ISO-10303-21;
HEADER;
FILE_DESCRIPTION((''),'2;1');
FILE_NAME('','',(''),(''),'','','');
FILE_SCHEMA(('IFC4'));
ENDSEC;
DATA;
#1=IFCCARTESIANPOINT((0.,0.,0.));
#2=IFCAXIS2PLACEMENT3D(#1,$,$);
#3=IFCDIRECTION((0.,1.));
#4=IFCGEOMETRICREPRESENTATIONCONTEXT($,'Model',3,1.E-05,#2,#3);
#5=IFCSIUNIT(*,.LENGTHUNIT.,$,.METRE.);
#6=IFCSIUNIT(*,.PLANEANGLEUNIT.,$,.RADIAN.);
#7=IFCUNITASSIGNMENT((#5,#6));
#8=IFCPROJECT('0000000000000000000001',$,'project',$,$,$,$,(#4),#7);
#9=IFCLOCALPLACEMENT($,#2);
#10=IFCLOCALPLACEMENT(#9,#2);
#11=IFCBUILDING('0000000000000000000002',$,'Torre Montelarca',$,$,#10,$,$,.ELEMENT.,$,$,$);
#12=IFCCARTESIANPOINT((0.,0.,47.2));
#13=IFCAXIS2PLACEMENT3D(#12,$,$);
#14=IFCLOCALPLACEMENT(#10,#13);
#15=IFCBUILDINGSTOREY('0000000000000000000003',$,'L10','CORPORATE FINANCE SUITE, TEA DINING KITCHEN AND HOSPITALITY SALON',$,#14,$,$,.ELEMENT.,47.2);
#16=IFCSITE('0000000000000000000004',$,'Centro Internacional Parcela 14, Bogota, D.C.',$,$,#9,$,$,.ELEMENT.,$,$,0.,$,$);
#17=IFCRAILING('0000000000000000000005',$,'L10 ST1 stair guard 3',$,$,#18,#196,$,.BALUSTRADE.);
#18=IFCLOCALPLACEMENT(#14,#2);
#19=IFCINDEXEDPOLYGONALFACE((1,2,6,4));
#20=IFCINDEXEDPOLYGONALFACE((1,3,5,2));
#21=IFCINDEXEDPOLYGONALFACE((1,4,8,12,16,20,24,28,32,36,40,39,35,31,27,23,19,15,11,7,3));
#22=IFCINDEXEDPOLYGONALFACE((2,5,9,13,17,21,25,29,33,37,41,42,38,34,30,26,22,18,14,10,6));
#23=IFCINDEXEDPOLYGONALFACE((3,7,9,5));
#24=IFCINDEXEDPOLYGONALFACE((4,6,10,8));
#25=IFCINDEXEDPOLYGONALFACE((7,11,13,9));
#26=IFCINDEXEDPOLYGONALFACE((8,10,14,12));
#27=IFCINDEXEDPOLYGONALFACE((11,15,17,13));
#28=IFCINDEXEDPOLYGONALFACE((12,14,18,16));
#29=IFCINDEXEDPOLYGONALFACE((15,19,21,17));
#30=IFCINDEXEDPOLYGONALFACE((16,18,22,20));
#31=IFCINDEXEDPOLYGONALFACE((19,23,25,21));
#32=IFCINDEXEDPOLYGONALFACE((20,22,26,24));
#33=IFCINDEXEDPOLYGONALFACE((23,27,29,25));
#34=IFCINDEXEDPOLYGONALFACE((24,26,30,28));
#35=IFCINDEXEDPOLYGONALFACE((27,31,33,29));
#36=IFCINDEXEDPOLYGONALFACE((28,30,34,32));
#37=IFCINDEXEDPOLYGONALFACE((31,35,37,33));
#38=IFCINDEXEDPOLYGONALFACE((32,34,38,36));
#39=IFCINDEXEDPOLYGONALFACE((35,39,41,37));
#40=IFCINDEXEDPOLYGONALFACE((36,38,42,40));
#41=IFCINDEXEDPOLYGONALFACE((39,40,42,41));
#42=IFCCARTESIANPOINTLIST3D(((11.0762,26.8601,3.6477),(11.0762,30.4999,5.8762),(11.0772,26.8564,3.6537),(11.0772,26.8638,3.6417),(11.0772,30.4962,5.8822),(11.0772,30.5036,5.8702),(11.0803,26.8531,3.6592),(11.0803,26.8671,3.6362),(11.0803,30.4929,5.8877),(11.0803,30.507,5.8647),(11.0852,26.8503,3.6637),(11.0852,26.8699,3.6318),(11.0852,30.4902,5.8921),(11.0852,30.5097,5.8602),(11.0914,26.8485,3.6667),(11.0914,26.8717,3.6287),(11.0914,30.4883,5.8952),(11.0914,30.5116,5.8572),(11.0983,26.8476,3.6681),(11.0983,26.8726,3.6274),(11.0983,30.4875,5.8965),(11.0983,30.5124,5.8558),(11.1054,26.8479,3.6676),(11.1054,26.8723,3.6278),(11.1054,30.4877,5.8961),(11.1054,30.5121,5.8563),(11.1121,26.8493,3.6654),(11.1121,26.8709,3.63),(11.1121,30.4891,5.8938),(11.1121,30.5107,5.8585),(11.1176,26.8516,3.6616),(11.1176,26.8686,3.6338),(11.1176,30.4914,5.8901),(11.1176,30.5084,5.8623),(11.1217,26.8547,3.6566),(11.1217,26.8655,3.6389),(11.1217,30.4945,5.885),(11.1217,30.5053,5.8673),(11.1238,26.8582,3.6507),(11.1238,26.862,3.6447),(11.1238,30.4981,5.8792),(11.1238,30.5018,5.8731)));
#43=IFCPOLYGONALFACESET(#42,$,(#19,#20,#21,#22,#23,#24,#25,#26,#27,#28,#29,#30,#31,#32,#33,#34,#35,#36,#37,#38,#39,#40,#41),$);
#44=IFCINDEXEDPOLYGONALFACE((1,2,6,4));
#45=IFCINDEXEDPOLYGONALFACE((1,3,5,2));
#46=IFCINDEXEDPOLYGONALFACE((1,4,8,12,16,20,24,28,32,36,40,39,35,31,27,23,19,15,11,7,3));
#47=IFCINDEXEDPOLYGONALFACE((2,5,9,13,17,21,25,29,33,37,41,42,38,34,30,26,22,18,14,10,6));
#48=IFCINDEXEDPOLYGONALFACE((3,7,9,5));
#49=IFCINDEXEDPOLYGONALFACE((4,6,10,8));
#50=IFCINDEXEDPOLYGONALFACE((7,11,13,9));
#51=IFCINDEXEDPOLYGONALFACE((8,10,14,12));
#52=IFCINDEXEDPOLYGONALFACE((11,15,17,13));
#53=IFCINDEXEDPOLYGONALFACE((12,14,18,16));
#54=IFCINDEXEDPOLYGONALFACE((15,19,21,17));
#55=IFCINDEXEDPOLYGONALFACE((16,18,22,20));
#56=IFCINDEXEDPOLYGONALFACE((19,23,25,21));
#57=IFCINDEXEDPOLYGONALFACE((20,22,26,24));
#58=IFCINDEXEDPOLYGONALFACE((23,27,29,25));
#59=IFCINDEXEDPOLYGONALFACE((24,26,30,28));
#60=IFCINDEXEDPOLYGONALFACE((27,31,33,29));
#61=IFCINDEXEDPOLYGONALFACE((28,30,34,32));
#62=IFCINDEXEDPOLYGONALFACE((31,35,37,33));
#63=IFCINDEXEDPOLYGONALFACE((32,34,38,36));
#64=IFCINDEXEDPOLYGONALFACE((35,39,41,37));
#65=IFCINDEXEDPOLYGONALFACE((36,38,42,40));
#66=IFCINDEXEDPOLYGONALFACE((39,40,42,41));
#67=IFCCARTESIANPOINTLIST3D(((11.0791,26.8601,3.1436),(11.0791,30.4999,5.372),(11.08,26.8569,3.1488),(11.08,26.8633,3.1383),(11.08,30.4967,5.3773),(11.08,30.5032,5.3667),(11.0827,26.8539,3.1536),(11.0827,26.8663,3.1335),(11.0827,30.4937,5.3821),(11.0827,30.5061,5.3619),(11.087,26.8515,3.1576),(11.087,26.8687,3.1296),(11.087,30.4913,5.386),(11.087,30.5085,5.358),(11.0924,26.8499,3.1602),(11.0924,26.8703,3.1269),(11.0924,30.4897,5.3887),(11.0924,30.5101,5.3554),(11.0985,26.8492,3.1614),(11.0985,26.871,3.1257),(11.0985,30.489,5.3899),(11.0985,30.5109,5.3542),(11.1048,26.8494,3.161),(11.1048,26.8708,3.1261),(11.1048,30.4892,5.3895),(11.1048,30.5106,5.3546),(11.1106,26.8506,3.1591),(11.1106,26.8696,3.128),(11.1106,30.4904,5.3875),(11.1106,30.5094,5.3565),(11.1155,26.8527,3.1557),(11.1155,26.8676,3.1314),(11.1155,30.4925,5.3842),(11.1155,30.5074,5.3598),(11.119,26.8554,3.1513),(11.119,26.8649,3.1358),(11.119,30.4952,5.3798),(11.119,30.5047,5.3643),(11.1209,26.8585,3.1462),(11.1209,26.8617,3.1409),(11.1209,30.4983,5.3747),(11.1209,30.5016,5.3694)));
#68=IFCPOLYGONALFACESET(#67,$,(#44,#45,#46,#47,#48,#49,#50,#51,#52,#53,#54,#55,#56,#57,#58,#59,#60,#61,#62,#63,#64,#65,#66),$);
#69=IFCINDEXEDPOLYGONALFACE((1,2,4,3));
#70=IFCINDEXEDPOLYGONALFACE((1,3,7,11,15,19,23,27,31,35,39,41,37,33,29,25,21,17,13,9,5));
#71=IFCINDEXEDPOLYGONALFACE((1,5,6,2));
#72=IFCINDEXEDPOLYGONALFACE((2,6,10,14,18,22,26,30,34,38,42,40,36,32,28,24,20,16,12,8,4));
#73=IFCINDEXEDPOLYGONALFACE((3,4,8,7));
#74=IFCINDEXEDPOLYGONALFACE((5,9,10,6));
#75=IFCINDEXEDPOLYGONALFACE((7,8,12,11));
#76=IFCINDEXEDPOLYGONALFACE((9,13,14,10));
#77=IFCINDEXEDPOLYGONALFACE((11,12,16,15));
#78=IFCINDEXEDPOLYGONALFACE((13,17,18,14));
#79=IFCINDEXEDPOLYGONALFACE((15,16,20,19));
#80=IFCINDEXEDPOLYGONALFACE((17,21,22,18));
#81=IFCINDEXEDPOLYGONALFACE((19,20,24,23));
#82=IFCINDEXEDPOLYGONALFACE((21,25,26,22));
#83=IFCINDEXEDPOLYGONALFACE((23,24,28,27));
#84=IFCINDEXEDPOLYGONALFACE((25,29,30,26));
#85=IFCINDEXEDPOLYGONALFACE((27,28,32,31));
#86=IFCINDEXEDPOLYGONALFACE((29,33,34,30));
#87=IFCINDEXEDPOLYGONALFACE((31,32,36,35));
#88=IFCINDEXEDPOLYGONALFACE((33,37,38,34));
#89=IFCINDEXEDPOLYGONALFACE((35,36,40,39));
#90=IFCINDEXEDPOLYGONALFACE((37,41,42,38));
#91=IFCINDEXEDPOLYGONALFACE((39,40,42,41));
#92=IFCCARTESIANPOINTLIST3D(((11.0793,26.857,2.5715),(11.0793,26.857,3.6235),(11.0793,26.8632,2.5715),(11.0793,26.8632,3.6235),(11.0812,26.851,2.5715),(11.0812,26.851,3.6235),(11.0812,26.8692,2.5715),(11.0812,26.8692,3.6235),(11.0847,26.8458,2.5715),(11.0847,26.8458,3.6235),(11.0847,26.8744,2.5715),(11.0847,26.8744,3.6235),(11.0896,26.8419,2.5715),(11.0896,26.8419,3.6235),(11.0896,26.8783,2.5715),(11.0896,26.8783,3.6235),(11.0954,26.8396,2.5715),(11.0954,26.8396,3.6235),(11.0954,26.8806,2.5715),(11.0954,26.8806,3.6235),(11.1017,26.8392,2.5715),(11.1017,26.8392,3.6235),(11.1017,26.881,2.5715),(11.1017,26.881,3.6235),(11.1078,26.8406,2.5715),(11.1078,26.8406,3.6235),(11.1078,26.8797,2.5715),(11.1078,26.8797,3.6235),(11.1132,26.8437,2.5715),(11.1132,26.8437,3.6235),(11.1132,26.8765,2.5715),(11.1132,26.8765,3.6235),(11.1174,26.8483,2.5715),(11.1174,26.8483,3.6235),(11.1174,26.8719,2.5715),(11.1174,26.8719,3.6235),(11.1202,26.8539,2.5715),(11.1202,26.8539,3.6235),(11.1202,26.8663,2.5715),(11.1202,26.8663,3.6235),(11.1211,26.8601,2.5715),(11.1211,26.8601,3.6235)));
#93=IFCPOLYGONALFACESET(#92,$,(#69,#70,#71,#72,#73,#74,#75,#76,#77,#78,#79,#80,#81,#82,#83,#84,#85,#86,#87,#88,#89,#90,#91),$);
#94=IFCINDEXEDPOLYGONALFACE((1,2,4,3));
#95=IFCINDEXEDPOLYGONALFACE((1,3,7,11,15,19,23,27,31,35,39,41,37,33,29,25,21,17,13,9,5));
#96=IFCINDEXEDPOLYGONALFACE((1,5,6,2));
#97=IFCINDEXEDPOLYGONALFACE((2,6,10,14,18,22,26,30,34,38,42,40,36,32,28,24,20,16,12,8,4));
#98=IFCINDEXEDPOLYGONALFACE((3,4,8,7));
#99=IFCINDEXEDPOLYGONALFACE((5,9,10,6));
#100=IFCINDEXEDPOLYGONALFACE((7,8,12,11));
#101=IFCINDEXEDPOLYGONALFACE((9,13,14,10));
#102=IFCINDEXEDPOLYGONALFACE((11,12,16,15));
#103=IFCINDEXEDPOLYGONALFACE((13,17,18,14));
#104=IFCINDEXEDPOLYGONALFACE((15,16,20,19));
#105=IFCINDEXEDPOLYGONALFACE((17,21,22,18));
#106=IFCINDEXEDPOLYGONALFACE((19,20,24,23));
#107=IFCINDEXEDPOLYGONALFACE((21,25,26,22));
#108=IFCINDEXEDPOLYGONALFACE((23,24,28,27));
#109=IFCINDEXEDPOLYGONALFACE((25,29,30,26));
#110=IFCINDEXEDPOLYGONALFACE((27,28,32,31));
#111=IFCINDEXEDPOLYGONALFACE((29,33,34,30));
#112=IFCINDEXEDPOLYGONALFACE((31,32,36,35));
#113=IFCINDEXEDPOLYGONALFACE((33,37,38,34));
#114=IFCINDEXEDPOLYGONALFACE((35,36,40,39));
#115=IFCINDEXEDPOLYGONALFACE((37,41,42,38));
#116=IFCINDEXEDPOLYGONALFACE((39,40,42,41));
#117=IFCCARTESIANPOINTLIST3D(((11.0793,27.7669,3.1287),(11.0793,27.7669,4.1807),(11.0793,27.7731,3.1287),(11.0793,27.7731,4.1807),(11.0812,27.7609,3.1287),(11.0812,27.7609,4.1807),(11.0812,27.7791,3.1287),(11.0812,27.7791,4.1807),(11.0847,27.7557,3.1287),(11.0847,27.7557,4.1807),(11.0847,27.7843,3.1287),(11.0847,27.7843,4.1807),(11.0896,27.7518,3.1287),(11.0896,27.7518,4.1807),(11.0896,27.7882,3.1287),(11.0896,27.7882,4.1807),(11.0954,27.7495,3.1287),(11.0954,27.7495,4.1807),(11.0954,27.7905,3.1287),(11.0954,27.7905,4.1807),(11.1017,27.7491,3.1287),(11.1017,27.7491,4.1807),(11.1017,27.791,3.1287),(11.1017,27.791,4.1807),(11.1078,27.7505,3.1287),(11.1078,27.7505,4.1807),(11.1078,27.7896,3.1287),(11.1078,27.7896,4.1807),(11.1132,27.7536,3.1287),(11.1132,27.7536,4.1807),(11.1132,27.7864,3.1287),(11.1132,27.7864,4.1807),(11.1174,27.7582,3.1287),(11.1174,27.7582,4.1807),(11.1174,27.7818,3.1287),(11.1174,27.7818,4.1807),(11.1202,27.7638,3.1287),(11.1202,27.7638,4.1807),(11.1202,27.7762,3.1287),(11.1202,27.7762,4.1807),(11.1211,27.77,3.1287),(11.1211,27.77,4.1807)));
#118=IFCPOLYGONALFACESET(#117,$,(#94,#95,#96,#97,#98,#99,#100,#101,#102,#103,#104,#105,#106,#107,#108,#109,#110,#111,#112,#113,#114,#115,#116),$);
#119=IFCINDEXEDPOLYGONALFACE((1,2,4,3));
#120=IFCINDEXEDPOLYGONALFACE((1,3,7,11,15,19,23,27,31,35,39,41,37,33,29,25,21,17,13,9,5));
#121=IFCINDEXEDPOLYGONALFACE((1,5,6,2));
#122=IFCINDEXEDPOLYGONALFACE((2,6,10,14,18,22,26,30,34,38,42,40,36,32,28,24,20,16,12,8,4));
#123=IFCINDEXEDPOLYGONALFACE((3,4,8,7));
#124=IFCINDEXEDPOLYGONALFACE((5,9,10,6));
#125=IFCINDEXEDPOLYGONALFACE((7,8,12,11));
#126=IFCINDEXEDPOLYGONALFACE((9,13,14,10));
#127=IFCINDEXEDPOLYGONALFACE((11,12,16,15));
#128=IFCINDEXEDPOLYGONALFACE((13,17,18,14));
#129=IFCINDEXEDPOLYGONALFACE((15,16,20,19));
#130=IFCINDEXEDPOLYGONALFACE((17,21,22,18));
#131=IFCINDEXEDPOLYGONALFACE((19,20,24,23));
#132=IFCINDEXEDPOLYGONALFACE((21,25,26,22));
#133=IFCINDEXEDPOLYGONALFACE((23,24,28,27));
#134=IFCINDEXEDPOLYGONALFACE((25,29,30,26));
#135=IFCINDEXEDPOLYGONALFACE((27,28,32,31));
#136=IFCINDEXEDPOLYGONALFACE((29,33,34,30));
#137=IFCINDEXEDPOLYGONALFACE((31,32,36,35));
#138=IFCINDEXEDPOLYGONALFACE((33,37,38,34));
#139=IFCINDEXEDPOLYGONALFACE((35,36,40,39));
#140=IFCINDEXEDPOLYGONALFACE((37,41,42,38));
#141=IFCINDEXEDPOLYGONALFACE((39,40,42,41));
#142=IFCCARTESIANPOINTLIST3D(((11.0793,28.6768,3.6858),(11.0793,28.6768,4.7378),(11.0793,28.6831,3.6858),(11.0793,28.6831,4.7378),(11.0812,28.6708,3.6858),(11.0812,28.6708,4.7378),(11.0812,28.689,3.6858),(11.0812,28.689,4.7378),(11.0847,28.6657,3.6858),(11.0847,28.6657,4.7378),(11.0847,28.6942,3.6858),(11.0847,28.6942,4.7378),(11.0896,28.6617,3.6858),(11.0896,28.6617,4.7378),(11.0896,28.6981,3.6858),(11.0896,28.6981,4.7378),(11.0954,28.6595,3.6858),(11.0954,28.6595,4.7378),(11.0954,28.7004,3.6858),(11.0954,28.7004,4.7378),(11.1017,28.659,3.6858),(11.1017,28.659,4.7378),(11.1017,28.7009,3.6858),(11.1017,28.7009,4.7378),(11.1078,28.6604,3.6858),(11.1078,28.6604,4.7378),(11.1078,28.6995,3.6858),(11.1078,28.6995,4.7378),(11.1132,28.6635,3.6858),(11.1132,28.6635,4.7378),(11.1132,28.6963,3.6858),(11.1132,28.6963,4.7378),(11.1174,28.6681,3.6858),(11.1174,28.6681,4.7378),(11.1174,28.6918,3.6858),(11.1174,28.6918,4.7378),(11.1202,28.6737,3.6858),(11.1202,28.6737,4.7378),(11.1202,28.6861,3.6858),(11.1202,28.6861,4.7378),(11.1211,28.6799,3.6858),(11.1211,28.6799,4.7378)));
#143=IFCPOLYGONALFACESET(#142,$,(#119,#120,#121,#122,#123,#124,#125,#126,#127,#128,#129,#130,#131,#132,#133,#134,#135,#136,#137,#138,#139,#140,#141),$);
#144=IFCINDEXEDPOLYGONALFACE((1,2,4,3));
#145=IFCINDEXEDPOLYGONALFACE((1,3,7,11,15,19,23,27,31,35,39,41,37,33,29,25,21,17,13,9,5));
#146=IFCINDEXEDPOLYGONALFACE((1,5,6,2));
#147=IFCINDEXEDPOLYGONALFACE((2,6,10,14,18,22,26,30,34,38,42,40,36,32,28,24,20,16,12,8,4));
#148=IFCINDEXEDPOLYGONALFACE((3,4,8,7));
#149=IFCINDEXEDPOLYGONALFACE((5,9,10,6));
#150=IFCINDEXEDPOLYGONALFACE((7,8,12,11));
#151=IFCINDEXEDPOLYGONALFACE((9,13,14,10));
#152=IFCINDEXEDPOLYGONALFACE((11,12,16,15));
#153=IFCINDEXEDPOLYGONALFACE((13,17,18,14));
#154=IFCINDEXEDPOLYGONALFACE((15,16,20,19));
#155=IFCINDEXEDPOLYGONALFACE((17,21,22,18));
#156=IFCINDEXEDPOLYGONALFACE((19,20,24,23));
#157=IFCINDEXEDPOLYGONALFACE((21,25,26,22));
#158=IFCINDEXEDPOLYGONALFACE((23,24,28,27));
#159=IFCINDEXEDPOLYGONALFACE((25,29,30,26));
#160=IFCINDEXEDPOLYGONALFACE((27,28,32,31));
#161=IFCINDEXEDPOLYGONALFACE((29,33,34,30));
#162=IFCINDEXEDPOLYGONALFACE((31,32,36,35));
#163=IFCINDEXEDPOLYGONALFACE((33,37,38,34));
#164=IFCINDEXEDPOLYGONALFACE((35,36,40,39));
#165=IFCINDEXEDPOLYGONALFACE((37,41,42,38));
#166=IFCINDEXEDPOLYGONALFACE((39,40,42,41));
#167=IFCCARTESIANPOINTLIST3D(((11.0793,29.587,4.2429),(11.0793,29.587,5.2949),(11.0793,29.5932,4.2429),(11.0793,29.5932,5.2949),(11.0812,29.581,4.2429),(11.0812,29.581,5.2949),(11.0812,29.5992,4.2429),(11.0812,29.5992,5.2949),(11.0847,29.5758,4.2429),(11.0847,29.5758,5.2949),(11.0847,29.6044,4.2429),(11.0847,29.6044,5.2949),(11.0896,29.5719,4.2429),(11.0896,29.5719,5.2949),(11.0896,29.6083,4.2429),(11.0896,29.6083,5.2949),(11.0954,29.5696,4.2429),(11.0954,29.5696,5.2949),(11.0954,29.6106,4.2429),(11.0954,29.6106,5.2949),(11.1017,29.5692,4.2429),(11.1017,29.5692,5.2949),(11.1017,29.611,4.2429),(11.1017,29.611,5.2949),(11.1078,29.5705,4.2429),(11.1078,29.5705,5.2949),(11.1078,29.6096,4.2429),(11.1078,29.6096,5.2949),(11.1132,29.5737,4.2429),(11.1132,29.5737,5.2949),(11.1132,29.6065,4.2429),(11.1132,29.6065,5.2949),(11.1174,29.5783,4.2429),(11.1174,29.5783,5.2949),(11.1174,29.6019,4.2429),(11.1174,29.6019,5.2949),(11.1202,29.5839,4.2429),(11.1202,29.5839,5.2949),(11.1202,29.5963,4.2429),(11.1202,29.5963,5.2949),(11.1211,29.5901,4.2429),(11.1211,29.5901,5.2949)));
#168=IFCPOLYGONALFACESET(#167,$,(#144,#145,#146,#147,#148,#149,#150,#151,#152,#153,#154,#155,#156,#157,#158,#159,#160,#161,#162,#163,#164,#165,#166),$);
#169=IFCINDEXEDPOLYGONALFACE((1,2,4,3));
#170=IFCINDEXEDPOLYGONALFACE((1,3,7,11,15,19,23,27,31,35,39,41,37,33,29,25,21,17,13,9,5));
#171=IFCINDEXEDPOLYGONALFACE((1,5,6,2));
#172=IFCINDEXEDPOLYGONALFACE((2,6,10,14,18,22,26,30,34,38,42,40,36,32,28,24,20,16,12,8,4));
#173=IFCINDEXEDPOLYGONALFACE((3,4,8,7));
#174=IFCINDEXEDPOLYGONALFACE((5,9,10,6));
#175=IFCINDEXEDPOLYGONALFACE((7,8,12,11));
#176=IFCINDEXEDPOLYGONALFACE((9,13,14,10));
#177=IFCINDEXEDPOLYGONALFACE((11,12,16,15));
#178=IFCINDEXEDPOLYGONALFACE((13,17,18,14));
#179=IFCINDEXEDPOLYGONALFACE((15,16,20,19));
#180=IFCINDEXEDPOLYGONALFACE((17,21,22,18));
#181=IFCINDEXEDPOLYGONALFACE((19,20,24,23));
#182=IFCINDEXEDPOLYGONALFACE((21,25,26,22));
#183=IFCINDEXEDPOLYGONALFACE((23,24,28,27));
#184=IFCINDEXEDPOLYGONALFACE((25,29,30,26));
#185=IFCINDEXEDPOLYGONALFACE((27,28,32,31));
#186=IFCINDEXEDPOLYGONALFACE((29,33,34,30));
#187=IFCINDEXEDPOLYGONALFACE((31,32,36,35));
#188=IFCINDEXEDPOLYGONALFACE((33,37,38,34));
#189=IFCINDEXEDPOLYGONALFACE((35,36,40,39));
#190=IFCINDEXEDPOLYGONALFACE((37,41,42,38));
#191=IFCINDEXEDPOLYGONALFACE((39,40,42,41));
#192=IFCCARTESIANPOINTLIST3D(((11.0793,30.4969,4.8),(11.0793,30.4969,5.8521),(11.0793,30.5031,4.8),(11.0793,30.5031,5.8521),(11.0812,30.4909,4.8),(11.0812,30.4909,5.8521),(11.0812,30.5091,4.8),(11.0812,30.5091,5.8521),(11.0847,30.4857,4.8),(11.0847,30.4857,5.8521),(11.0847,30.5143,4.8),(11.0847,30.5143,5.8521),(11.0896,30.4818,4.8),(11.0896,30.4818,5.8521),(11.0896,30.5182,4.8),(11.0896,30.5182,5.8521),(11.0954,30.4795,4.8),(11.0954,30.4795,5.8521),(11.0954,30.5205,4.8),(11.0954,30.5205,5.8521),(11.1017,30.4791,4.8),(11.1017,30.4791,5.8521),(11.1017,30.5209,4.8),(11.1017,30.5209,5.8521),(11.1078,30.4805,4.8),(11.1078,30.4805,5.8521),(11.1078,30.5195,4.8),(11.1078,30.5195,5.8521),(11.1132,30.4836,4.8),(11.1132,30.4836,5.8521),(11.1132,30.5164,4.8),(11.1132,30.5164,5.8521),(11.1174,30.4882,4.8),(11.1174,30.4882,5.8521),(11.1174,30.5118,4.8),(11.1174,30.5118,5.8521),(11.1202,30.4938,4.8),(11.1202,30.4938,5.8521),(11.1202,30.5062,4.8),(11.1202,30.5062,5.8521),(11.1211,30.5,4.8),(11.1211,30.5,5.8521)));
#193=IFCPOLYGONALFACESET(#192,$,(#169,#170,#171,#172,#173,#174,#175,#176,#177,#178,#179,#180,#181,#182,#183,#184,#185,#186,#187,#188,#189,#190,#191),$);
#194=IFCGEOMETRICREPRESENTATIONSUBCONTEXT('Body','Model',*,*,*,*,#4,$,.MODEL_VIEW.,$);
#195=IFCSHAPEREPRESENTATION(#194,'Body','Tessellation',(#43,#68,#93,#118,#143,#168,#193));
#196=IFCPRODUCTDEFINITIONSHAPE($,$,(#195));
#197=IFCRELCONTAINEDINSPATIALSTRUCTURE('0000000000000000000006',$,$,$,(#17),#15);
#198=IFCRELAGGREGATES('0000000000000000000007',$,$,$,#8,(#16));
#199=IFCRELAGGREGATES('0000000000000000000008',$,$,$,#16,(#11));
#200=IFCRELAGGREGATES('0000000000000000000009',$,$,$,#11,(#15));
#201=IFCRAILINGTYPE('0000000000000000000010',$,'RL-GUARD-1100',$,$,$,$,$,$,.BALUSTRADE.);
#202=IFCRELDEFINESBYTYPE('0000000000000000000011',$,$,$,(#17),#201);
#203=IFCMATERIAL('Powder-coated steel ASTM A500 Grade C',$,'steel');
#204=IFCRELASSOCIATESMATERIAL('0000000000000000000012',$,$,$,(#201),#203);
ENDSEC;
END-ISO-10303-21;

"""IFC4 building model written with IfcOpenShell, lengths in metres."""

from ifc_helpers import new_model, si_unit, direction, frame, origin, origin_2d, place, context, subcontext, project, spatial, circle, extrude, material, type_object, element, save


model = new_model("IFC4")

# Units and contexts
model_context = context("Model", 3, precision=1e-05, world=origin(), true_north=direction((0.0, 1.0)))
body_context = subcontext(model_context, "Body", "Model", "MODEL_VIEW")
ifc_project = project(units=[si_unit("LENGTHUNIT", "METRE"), si_unit("PLANEANGLEUNIT", "RADIAN")], contexts=[model_context])

# Site, building, storey
site_placement = place(None, origin())
site = spatial("IfcSite", under=ifc_project, at=site_placement, Name="Centro Internacional Parcela 14, Bogota, D.C.", CompositionType="ELEMENT", RefElevation=0.0)
building_placement = place(site_placement, origin())
building = spatial("IfcBuilding", under=site, at=building_placement, Name="Torre Montelarca", CompositionType="ELEMENT")
storey_placement = place(building_placement, frame((0.0, 0.0, 47.2)))
storey = spatial("IfcBuildingStorey", under=building, at=storey_placement, Name="L10", Description="CORPORATE FINANCE SUITE, TEA DINING KITCHEN AND HOSPITALITY SALON", CompositionType="ELEMENT", Elevation=47.2)

# Railing
ifc_material_1 = material(Name="Powder-coated steel ASTM A500 Grade C", Category="steel")
railing_type_1 = type_object("IfcRailingType", Name="RL-GUARD-1100", PredefinedType="BALUSTRADE", material=ifc_material_1)
railing_1_placement = place(storey_placement, frame((11.1001, 26.8601, 2.5715)))
element("IfcRailing", 1, at=railing_1_placement, inside=storey, type_object=railing_type_1, Name="L10 ST1 stair guard 3", PredefinedType="BALUSTRADE", context=body_context, shape_type="SweptSolid", body=[
    extrude(circle(Radius=0.0239, at=origin_2d()), frame((0.0, 0.0, 1.0762), z_axis=(0.0, 0.85285, 0.522156), x_axis=(-1.0, 0.0, 0.0)), (0.0, 0.0, 1.0), 4.2678),
    extrude(circle(Radius=0.021, at=origin_2d()), frame((0.0, 0.0, 0.572), z_axis=(0.0, 0.85285, 0.522156), x_axis=(-1.0, 0.0, 0.0)), (0.0, 0.0, 1.0), 4.2678),
    extrude(circle(Radius=0.021, at=origin_2d()), origin(), (0.0, 0.0, 1.0), 1.052),
    extrude(circle(Radius=0.021, at=origin_2d()), frame((0.0, 0.9099, 0.5571)), (0.0, 0.0, 1.0), 1.052),
    extrude(circle(Radius=0.021, at=origin_2d()), frame((0.0, 1.8198, 1.1143)), (0.0, 0.0, 1.0), 1.052),
    extrude(circle(Radius=0.021, at=origin_2d()), frame((0.0, 2.73, 1.6714)), (0.0, 0.0, 1.0), 1.052),
    extrude(circle(Radius=0.021, at=origin_2d()), frame((0.0, 3.6399, 2.2285)), (0.0, 0.0, 1.0), 1.052),
])

save(model, "model.ifc")
